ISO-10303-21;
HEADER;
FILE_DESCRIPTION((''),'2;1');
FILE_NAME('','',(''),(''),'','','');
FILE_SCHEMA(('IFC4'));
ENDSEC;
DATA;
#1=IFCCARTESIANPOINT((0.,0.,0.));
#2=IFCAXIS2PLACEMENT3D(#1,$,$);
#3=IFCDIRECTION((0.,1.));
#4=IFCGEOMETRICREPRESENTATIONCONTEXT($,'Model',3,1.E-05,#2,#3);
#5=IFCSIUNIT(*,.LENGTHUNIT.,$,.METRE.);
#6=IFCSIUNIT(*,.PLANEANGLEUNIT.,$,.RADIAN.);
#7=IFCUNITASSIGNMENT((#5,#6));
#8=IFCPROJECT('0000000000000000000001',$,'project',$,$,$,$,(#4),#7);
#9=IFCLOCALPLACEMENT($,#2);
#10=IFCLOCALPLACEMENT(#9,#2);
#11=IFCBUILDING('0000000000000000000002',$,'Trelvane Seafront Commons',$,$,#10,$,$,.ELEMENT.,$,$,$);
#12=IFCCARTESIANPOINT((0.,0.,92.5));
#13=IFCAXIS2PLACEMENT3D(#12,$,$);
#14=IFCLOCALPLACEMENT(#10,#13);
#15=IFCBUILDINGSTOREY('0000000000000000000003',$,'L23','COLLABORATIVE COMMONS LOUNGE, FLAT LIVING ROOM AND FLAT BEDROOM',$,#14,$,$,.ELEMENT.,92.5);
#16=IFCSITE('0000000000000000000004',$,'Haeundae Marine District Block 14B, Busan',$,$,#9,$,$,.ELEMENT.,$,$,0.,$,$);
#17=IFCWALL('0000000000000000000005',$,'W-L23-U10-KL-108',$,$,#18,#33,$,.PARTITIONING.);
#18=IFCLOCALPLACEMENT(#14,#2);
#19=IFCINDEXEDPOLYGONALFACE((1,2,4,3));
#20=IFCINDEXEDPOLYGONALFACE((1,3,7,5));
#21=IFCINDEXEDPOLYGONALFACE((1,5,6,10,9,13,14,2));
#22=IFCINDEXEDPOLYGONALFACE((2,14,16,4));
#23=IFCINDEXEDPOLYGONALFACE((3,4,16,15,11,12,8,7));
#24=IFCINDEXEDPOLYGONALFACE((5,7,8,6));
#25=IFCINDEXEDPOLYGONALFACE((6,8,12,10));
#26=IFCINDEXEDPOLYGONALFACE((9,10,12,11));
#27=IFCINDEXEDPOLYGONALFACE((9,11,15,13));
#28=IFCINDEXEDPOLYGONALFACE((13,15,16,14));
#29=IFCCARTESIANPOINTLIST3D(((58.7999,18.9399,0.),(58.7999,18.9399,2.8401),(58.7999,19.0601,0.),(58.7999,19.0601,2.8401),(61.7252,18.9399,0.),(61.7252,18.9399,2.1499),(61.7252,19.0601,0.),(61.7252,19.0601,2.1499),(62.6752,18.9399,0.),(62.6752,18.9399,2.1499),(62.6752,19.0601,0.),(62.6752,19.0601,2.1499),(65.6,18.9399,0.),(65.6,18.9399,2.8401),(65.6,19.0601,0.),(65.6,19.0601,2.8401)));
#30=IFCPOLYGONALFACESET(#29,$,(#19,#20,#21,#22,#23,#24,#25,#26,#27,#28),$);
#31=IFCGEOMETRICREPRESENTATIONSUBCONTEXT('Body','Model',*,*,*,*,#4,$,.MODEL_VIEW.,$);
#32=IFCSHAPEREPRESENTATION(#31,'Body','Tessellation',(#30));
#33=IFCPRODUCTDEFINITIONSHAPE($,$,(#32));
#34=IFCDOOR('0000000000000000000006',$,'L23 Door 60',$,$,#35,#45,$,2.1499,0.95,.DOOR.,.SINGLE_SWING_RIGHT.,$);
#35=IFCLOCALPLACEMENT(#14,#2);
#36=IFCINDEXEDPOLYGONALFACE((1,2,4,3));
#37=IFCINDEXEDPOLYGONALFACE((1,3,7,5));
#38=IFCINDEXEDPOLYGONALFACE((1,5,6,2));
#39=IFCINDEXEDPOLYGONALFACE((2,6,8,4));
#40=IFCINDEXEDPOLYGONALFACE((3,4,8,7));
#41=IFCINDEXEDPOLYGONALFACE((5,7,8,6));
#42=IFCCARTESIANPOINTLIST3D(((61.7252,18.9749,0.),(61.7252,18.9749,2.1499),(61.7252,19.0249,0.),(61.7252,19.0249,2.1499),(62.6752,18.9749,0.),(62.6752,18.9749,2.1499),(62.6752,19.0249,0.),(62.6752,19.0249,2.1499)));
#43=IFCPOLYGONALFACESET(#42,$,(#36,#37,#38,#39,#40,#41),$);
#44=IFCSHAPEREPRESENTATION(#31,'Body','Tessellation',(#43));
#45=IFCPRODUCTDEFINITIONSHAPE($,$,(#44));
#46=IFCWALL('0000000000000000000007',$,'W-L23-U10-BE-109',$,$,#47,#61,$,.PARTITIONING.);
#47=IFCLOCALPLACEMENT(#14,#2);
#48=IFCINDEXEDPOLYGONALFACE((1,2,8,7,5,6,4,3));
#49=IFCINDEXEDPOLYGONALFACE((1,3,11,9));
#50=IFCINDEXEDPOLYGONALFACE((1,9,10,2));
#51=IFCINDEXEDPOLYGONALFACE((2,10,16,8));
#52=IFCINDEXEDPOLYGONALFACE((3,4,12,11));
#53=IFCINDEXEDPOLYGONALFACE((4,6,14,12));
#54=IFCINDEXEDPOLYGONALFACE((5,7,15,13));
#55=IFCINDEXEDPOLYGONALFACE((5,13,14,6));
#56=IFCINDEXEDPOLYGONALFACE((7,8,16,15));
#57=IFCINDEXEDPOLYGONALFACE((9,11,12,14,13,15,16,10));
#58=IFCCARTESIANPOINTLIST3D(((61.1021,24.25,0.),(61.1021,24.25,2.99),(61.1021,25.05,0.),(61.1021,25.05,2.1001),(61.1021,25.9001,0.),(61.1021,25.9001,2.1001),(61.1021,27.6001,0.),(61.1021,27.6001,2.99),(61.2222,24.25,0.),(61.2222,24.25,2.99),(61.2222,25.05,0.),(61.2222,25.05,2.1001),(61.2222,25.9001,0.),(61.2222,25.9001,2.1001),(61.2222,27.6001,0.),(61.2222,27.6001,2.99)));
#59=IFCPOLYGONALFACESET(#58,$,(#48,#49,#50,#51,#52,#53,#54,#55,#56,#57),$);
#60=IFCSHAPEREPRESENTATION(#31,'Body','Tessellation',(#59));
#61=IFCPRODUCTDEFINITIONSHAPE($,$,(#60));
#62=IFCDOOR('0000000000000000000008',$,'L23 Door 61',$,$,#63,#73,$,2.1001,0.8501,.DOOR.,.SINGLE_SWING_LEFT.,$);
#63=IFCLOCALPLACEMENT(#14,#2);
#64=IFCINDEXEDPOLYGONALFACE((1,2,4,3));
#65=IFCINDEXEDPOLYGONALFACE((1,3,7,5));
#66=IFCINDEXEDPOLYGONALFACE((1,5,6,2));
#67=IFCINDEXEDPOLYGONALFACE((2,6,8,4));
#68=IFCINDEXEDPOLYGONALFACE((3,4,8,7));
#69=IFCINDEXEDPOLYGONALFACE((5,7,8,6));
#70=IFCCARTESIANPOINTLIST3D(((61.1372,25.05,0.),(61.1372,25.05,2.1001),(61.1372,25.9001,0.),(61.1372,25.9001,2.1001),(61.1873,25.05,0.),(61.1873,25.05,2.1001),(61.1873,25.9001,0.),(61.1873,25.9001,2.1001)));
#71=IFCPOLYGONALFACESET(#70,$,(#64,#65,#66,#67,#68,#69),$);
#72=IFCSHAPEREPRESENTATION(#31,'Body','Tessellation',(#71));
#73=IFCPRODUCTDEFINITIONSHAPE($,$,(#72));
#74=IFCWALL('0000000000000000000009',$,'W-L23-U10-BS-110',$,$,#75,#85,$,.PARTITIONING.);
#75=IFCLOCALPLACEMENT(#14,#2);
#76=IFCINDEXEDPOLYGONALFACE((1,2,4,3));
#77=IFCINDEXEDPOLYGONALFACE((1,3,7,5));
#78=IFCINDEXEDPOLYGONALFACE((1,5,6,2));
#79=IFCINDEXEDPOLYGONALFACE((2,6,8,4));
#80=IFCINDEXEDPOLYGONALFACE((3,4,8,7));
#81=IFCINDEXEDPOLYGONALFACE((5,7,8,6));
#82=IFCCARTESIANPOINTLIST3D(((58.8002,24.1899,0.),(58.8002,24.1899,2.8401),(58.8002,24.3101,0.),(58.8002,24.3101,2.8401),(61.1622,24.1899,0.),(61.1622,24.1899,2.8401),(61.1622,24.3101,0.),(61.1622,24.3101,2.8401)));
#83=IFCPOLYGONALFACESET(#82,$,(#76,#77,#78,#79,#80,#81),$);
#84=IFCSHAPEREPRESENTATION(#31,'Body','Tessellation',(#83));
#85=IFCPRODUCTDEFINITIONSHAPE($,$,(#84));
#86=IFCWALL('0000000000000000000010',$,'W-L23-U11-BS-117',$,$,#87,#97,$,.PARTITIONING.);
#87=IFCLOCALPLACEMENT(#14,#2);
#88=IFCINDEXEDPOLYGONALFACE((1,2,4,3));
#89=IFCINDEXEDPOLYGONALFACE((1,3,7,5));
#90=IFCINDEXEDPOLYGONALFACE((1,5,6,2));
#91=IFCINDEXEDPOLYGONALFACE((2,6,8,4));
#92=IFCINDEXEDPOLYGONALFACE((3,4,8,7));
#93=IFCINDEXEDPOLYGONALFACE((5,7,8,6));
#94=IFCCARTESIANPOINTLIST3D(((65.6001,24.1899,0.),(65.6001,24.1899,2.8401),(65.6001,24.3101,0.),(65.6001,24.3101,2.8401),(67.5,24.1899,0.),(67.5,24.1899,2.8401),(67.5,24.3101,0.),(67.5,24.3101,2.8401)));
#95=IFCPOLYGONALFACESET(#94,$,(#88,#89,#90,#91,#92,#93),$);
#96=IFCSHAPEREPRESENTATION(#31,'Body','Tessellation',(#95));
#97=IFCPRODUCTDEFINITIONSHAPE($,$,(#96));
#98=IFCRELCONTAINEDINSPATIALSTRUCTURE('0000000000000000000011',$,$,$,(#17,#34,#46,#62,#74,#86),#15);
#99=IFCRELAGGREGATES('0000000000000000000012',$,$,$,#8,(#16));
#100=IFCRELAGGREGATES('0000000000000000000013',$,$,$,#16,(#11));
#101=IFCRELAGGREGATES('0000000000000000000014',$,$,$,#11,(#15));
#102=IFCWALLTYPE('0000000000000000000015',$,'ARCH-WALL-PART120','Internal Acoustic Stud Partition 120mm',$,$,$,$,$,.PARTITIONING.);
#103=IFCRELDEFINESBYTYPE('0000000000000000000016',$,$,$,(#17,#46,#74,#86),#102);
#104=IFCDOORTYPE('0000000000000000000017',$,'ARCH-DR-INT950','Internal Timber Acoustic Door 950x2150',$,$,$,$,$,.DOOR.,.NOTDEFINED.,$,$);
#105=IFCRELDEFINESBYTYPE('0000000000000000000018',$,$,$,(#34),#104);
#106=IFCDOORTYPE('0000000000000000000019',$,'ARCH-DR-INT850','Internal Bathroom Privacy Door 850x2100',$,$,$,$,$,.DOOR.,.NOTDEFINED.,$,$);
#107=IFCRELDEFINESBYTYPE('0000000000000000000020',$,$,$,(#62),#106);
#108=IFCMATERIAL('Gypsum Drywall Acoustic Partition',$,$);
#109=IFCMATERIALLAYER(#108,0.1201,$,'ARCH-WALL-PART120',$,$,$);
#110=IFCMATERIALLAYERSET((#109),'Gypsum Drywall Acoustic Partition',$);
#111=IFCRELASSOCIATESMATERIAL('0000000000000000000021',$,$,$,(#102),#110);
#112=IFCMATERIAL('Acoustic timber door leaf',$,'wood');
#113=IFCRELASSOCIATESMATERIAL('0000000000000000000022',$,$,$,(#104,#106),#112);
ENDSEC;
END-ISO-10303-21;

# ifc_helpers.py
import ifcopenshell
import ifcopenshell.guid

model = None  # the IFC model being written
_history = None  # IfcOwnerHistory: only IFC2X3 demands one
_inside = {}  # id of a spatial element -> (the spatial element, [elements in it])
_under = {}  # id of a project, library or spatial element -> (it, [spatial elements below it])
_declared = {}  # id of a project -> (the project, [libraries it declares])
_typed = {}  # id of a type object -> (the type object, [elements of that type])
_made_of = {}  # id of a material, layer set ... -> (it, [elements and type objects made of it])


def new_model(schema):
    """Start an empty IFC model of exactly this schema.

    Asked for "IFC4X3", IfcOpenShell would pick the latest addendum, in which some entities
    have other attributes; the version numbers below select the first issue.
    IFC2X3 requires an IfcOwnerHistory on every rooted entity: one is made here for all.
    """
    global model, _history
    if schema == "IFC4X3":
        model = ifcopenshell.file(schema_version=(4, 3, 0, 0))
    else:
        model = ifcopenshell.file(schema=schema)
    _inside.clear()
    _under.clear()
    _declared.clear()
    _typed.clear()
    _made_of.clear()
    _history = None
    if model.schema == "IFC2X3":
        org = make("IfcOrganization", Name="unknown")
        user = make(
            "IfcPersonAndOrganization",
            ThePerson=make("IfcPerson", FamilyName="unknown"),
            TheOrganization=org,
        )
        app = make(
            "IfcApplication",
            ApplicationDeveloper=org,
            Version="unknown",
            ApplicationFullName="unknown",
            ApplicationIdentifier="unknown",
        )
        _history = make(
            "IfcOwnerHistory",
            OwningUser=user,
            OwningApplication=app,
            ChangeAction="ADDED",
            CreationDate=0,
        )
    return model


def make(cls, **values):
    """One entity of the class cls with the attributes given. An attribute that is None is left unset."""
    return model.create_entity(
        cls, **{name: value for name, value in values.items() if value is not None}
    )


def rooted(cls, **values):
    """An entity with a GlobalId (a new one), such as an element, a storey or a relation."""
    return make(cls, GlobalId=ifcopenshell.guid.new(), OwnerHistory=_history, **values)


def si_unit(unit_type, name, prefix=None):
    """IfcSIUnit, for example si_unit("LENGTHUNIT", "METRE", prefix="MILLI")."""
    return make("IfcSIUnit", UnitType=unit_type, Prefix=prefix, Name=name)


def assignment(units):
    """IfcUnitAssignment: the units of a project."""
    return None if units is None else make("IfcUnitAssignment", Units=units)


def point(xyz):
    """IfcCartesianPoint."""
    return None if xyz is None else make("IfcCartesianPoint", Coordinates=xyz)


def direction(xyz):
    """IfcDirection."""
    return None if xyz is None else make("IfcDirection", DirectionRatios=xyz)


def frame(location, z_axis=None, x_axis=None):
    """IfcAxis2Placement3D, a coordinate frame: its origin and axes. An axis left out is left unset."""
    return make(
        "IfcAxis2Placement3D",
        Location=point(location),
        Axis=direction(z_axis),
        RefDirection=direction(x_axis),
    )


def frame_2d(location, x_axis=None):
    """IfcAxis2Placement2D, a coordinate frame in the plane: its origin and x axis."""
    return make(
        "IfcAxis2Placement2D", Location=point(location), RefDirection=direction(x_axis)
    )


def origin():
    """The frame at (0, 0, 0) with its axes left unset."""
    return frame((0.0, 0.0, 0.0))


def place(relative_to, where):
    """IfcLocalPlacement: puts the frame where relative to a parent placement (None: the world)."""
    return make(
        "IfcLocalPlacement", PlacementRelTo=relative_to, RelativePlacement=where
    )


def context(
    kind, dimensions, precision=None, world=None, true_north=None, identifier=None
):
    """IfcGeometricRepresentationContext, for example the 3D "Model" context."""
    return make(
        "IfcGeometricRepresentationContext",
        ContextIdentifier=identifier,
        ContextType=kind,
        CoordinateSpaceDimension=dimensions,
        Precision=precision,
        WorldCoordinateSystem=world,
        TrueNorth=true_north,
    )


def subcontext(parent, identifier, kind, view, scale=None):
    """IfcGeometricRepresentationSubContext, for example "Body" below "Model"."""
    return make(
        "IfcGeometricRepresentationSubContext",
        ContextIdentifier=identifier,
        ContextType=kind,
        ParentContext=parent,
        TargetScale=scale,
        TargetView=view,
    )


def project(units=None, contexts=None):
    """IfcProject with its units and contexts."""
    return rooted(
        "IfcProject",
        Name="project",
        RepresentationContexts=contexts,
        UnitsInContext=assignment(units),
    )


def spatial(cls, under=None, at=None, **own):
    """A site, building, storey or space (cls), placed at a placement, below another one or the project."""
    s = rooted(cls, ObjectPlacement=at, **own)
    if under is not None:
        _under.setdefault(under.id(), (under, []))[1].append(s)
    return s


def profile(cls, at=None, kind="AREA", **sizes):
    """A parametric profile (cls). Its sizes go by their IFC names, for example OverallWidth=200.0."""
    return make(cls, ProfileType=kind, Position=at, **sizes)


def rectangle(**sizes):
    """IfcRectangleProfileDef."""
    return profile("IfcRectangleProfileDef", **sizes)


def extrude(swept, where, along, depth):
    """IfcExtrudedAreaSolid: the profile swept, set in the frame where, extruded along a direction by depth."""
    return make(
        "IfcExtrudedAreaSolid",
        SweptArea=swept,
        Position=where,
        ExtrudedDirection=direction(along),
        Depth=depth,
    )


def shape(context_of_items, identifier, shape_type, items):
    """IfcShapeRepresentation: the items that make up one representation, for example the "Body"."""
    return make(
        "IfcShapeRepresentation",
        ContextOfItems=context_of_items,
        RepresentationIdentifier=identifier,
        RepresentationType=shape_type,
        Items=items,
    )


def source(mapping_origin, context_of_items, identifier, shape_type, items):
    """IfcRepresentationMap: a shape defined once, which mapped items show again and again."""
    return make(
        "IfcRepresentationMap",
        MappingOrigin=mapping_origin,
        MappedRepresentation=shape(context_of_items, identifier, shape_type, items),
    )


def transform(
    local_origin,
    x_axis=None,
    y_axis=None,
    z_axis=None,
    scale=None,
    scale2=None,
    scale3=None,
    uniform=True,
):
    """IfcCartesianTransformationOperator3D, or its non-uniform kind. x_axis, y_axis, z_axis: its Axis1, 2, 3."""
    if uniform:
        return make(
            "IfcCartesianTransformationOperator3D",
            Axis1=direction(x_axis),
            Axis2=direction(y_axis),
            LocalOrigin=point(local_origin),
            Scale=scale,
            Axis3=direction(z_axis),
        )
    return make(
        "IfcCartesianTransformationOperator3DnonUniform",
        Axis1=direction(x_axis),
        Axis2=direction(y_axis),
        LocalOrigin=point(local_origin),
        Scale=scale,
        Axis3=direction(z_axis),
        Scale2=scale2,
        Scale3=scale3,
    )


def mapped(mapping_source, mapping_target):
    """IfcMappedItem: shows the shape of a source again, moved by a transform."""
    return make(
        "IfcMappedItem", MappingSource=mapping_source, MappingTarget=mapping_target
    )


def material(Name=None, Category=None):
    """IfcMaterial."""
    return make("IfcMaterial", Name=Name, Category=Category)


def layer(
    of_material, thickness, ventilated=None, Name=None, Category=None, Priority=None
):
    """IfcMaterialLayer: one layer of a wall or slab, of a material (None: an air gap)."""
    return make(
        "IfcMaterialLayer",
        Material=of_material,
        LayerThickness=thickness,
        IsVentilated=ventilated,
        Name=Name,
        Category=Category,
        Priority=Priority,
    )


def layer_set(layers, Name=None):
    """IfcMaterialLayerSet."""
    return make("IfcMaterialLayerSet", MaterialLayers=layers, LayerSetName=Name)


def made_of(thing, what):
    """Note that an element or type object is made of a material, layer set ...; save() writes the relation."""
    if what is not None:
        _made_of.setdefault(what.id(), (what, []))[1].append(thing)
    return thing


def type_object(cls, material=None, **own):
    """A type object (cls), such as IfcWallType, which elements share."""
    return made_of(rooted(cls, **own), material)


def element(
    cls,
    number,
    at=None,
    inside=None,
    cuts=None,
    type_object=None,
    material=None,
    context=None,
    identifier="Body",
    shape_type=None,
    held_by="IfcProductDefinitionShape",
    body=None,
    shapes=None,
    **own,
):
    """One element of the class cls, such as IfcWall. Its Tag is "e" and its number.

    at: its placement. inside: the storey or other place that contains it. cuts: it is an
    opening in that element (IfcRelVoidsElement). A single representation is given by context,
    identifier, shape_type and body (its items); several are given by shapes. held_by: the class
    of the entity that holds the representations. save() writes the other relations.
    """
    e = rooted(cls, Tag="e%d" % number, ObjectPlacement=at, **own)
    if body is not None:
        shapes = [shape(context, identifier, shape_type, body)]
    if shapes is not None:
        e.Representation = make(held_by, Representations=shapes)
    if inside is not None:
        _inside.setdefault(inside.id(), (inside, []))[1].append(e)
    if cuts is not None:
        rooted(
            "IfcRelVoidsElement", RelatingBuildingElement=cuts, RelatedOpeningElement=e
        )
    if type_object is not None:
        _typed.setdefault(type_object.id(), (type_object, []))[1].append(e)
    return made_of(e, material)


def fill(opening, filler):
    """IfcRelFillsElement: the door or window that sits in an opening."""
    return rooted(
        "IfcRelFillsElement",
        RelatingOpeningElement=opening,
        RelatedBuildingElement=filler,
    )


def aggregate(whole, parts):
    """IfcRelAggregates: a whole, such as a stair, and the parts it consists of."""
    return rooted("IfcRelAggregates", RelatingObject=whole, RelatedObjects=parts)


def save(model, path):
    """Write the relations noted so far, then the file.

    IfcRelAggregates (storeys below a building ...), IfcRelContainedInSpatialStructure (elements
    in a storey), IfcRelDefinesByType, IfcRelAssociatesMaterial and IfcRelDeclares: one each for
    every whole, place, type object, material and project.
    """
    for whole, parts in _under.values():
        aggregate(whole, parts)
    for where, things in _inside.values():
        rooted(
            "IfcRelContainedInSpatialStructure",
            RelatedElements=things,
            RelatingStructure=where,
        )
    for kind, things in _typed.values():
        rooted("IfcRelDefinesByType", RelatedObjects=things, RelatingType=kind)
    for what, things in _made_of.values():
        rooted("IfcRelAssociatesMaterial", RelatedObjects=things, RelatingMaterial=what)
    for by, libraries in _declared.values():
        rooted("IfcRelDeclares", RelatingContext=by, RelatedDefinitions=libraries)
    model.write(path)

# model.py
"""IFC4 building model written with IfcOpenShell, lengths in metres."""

from ifc_helpers import new_model, si_unit, direction, frame, frame_2d, origin, place, context, subcontext, project, spatial, rectangle, extrude, source, transform, mapped, material, layer, layer_set, type_object, element, fill, save


model = new_model("IFC4")

# Units and contexts
model_context = context("Model", 3, precision=1e-05, world=origin(), true_north=direction((0.0, 1.0)))
body_context = subcontext(model_context, "Body", "Model", "MODEL_VIEW")
ifc_project = project(units=[si_unit("LENGTHUNIT", "METRE"), si_unit("PLANEANGLEUNIT", "RADIAN")], contexts=[model_context])

# Site, building, storey
site_placement = place(None, origin())
site = spatial("IfcSite", under=ifc_project, at=site_placement, Name="Haeundae Marine District Block 14B, Busan", CompositionType="ELEMENT", RefElevation=0.0)
building_placement = place(site_placement, origin())
building = spatial("IfcBuilding", under=site, at=building_placement, Name="Trelvane Seafront Commons", CompositionType="ELEMENT")
storey_placement = place(building_placement, frame((0.0, 0.0, 92.5)))
storey = spatial("IfcBuildingStorey", under=building, at=storey_placement, Name="L23", Description="COLLABORATIVE COMMONS LOUNGE, FLAT LIVING ROOM AND FLAT BEDROOM", CompositionType="ELEMENT", Elevation=92.5)

# Walls, openings, doors
ifc_material_1 = material(Name="Gypsum Drywall Acoustic Partition")
ifc_layer = layer(ifc_material_1, 0.1201, Name="ARCH-WALL-PART120")
ifc_layer_set = layer_set([ifc_layer], Name="Gypsum Drywall Acoustic Partition")
wall_type = type_object("IfcWallType", Name="ARCH-WALL-PART120", Description="Internal Acoustic Stud Partition 120mm", PredefinedType="PARTITIONING", material=ifc_layer_set)
wall_1_placement = place(storey_placement, frame((58.8, 19.0, 0.0), z_axis=(0.0, 0.0, 1.0), x_axis=(1.0, 0.0, 0.0)))
wall_1 = element("IfcWall", 1, at=wall_1_placement, inside=storey, type_object=wall_type, Name="W-L23-U10-KL-108", PredefinedType="PARTITIONING", context=body_context, shape_type="SweptSolid", body=[
    extrude(rectangle(XDim=6.8, YDim=0.1201, at=frame_2d((3.3999, 0.0))), origin(), (0.0, 0.0, 1.0), 2.8401),
])
opening_1_placement = place(wall_1_placement, frame((2.925, 0.0, 0.0)))
opening_1 = element("IfcOpeningElement", 2, at=opening_1_placement, cuts=wall_1, PredefinedType="OPENING", context=body_context, shape_type="SweptSolid", body=[
    extrude(rectangle(XDim=0.95, YDim=2.1499, at=frame_2d((0.4751, 1.075))), frame((0.0, 0.0701, 0.0), z_axis=(0.0, -1.0, 0.0), x_axis=(1.0, 0.0, 0.0)), (0.0, 0.0, 1.0), 0.1401),
])
ifc_material_2 = material(Name="Acoustic timber door leaf", Category="wood")
door_type_1 = type_object("IfcDoorType", Name="ARCH-DR-INT950", Description="Internal Timber Acoustic Door 950x2150", OperationType="NOTDEFINED", PredefinedType="DOOR", material=ifc_material_2)
shared_shape_1 = source(origin(), body_context, "Body", "SweptSolid", [
    extrude(rectangle(XDim=0.95, YDim=2.1499, at=frame_2d((0.4751, 1.075))), frame((0.0, 0.0249, 0.0), z_axis=(0.0, -1.0, 0.0), x_axis=(1.0, 0.0, 0.0)), (0.0, 0.0, 1.0), 0.05),
])
door_1_placement = place(opening_1_placement, origin())
door_1 = element("IfcDoor", 3, at=door_1_placement, inside=storey, type_object=door_type_1, Name="L23 Door 60", OperationType="SINGLE_SWING_RIGHT", OverallHeight=2.1499, OverallWidth=0.95, PredefinedType="DOOR", context=body_context, shape_type="MappedRepresentation", body=[
    mapped(shared_shape_1, transform((0.0, 0.0, 0.0), x_axis=(1.0, 0.0, 0.0), y_axis=(0.0, 1.0, 0.0), z_axis=(0.0, 0.0, 1.0), scale=1.0)),
])
fill(opening_1, door_1)
wall_2_placement = place(storey_placement, frame((61.1621, 24.25, 0.0), z_axis=(0.0, 0.0, 1.0), x_axis=(0.0, 1.0, 0.0)))
wall_2 = element("IfcWall", 4, at=wall_2_placement, inside=storey, type_object=wall_type, Name="W-L23-U10-BE-109", PredefinedType="PARTITIONING", context=body_context, shape_type="SweptSolid", body=[
    extrude(rectangle(XDim=3.3501, YDim=0.1201, at=frame_2d((1.675, 0.0))), origin(), (0.0, 0.0, 1.0), 2.99),
])
opening_2_placement = place(wall_2_placement, frame((0.8, 0.0, 0.0)))
opening_2 = element("IfcOpeningElement", 5, at=opening_2_placement, cuts=wall_2, PredefinedType="OPENING", context=body_context, shape_type="SweptSolid", body=[
    extrude(rectangle(XDim=0.8501, YDim=2.1001, at=frame_2d((0.425, 1.05))), frame((0.0, 0.0701, 0.0), z_axis=(0.0, -1.0, 0.0), x_axis=(1.0, 0.0, 0.0)), (0.0, 0.0, 1.0), 0.1401),
])
door_type_2 = type_object("IfcDoorType", Name="ARCH-DR-INT850", Description="Internal Bathroom Privacy Door 850x2100", OperationType="NOTDEFINED", PredefinedType="DOOR", material=ifc_material_2)
shared_shape_2 = source(origin(), body_context, "Body", "SweptSolid", [
    extrude(rectangle(XDim=0.8501, YDim=2.1001, at=frame_2d((0.425, 1.05))), frame((0.0, 0.0249, 0.0), z_axis=(0.0, -1.0, 0.0), x_axis=(1.0, 0.0, 0.0)), (0.0, 0.0, 1.0), 0.05),
])
door_2_placement = place(opening_2_placement, origin())
door_2 = element("IfcDoor", 6, at=door_2_placement, inside=storey, type_object=door_type_2, Name="L23 Door 61", OperationType="SINGLE_SWING_LEFT", OverallHeight=2.1001, OverallWidth=0.8501, PredefinedType="DOOR", context=body_context, shape_type="MappedRepresentation", body=[
    mapped(shared_shape_2, transform((0.0, 0.0, 0.0), x_axis=(1.0, 0.0, 0.0), y_axis=(0.0, 1.0, 0.0), z_axis=(0.0, 0.0, 1.0), scale=1.0)),
])
fill(opening_2, door_2)

# Wall
wall_3_placement = place(storey_placement, frame((58.8, 24.25, 0.0), z_axis=(0.0, 0.0, 1.0), x_axis=(1.0, 0.0, 0.0)))
element("IfcWall", 7, at=wall_3_placement, inside=storey, type_object=wall_type, Name="W-L23-U10-BS-110", PredefinedType="PARTITIONING", context=body_context, shape_type="SweptSolid", body=[
    extrude(rectangle(XDim=2.3621, YDim=0.1201, at=frame_2d((1.1812, 0.0))), origin(), (0.0, 0.0, 1.0), 2.8401),
])

# Wall
wall_4_placement = place(storey_placement, frame((65.6001, 24.25, 0.0), z_axis=(0.0, 0.0, 1.0), x_axis=(1.0, 0.0, 0.0)))
element("IfcWall", 8, at=wall_4_placement, inside=storey, type_object=wall_type, Name="W-L23-U11-BS-117", PredefinedType="PARTITIONING", context=body_context, shape_type="SweptSolid", body=[
    extrude(rectangle(XDim=1.8999, YDim=0.1201, at=frame_2d((0.95, 0.0))), origin(), (0.0, 0.0, 1.0), 2.8401),
])

save(model, "model.ifc")
